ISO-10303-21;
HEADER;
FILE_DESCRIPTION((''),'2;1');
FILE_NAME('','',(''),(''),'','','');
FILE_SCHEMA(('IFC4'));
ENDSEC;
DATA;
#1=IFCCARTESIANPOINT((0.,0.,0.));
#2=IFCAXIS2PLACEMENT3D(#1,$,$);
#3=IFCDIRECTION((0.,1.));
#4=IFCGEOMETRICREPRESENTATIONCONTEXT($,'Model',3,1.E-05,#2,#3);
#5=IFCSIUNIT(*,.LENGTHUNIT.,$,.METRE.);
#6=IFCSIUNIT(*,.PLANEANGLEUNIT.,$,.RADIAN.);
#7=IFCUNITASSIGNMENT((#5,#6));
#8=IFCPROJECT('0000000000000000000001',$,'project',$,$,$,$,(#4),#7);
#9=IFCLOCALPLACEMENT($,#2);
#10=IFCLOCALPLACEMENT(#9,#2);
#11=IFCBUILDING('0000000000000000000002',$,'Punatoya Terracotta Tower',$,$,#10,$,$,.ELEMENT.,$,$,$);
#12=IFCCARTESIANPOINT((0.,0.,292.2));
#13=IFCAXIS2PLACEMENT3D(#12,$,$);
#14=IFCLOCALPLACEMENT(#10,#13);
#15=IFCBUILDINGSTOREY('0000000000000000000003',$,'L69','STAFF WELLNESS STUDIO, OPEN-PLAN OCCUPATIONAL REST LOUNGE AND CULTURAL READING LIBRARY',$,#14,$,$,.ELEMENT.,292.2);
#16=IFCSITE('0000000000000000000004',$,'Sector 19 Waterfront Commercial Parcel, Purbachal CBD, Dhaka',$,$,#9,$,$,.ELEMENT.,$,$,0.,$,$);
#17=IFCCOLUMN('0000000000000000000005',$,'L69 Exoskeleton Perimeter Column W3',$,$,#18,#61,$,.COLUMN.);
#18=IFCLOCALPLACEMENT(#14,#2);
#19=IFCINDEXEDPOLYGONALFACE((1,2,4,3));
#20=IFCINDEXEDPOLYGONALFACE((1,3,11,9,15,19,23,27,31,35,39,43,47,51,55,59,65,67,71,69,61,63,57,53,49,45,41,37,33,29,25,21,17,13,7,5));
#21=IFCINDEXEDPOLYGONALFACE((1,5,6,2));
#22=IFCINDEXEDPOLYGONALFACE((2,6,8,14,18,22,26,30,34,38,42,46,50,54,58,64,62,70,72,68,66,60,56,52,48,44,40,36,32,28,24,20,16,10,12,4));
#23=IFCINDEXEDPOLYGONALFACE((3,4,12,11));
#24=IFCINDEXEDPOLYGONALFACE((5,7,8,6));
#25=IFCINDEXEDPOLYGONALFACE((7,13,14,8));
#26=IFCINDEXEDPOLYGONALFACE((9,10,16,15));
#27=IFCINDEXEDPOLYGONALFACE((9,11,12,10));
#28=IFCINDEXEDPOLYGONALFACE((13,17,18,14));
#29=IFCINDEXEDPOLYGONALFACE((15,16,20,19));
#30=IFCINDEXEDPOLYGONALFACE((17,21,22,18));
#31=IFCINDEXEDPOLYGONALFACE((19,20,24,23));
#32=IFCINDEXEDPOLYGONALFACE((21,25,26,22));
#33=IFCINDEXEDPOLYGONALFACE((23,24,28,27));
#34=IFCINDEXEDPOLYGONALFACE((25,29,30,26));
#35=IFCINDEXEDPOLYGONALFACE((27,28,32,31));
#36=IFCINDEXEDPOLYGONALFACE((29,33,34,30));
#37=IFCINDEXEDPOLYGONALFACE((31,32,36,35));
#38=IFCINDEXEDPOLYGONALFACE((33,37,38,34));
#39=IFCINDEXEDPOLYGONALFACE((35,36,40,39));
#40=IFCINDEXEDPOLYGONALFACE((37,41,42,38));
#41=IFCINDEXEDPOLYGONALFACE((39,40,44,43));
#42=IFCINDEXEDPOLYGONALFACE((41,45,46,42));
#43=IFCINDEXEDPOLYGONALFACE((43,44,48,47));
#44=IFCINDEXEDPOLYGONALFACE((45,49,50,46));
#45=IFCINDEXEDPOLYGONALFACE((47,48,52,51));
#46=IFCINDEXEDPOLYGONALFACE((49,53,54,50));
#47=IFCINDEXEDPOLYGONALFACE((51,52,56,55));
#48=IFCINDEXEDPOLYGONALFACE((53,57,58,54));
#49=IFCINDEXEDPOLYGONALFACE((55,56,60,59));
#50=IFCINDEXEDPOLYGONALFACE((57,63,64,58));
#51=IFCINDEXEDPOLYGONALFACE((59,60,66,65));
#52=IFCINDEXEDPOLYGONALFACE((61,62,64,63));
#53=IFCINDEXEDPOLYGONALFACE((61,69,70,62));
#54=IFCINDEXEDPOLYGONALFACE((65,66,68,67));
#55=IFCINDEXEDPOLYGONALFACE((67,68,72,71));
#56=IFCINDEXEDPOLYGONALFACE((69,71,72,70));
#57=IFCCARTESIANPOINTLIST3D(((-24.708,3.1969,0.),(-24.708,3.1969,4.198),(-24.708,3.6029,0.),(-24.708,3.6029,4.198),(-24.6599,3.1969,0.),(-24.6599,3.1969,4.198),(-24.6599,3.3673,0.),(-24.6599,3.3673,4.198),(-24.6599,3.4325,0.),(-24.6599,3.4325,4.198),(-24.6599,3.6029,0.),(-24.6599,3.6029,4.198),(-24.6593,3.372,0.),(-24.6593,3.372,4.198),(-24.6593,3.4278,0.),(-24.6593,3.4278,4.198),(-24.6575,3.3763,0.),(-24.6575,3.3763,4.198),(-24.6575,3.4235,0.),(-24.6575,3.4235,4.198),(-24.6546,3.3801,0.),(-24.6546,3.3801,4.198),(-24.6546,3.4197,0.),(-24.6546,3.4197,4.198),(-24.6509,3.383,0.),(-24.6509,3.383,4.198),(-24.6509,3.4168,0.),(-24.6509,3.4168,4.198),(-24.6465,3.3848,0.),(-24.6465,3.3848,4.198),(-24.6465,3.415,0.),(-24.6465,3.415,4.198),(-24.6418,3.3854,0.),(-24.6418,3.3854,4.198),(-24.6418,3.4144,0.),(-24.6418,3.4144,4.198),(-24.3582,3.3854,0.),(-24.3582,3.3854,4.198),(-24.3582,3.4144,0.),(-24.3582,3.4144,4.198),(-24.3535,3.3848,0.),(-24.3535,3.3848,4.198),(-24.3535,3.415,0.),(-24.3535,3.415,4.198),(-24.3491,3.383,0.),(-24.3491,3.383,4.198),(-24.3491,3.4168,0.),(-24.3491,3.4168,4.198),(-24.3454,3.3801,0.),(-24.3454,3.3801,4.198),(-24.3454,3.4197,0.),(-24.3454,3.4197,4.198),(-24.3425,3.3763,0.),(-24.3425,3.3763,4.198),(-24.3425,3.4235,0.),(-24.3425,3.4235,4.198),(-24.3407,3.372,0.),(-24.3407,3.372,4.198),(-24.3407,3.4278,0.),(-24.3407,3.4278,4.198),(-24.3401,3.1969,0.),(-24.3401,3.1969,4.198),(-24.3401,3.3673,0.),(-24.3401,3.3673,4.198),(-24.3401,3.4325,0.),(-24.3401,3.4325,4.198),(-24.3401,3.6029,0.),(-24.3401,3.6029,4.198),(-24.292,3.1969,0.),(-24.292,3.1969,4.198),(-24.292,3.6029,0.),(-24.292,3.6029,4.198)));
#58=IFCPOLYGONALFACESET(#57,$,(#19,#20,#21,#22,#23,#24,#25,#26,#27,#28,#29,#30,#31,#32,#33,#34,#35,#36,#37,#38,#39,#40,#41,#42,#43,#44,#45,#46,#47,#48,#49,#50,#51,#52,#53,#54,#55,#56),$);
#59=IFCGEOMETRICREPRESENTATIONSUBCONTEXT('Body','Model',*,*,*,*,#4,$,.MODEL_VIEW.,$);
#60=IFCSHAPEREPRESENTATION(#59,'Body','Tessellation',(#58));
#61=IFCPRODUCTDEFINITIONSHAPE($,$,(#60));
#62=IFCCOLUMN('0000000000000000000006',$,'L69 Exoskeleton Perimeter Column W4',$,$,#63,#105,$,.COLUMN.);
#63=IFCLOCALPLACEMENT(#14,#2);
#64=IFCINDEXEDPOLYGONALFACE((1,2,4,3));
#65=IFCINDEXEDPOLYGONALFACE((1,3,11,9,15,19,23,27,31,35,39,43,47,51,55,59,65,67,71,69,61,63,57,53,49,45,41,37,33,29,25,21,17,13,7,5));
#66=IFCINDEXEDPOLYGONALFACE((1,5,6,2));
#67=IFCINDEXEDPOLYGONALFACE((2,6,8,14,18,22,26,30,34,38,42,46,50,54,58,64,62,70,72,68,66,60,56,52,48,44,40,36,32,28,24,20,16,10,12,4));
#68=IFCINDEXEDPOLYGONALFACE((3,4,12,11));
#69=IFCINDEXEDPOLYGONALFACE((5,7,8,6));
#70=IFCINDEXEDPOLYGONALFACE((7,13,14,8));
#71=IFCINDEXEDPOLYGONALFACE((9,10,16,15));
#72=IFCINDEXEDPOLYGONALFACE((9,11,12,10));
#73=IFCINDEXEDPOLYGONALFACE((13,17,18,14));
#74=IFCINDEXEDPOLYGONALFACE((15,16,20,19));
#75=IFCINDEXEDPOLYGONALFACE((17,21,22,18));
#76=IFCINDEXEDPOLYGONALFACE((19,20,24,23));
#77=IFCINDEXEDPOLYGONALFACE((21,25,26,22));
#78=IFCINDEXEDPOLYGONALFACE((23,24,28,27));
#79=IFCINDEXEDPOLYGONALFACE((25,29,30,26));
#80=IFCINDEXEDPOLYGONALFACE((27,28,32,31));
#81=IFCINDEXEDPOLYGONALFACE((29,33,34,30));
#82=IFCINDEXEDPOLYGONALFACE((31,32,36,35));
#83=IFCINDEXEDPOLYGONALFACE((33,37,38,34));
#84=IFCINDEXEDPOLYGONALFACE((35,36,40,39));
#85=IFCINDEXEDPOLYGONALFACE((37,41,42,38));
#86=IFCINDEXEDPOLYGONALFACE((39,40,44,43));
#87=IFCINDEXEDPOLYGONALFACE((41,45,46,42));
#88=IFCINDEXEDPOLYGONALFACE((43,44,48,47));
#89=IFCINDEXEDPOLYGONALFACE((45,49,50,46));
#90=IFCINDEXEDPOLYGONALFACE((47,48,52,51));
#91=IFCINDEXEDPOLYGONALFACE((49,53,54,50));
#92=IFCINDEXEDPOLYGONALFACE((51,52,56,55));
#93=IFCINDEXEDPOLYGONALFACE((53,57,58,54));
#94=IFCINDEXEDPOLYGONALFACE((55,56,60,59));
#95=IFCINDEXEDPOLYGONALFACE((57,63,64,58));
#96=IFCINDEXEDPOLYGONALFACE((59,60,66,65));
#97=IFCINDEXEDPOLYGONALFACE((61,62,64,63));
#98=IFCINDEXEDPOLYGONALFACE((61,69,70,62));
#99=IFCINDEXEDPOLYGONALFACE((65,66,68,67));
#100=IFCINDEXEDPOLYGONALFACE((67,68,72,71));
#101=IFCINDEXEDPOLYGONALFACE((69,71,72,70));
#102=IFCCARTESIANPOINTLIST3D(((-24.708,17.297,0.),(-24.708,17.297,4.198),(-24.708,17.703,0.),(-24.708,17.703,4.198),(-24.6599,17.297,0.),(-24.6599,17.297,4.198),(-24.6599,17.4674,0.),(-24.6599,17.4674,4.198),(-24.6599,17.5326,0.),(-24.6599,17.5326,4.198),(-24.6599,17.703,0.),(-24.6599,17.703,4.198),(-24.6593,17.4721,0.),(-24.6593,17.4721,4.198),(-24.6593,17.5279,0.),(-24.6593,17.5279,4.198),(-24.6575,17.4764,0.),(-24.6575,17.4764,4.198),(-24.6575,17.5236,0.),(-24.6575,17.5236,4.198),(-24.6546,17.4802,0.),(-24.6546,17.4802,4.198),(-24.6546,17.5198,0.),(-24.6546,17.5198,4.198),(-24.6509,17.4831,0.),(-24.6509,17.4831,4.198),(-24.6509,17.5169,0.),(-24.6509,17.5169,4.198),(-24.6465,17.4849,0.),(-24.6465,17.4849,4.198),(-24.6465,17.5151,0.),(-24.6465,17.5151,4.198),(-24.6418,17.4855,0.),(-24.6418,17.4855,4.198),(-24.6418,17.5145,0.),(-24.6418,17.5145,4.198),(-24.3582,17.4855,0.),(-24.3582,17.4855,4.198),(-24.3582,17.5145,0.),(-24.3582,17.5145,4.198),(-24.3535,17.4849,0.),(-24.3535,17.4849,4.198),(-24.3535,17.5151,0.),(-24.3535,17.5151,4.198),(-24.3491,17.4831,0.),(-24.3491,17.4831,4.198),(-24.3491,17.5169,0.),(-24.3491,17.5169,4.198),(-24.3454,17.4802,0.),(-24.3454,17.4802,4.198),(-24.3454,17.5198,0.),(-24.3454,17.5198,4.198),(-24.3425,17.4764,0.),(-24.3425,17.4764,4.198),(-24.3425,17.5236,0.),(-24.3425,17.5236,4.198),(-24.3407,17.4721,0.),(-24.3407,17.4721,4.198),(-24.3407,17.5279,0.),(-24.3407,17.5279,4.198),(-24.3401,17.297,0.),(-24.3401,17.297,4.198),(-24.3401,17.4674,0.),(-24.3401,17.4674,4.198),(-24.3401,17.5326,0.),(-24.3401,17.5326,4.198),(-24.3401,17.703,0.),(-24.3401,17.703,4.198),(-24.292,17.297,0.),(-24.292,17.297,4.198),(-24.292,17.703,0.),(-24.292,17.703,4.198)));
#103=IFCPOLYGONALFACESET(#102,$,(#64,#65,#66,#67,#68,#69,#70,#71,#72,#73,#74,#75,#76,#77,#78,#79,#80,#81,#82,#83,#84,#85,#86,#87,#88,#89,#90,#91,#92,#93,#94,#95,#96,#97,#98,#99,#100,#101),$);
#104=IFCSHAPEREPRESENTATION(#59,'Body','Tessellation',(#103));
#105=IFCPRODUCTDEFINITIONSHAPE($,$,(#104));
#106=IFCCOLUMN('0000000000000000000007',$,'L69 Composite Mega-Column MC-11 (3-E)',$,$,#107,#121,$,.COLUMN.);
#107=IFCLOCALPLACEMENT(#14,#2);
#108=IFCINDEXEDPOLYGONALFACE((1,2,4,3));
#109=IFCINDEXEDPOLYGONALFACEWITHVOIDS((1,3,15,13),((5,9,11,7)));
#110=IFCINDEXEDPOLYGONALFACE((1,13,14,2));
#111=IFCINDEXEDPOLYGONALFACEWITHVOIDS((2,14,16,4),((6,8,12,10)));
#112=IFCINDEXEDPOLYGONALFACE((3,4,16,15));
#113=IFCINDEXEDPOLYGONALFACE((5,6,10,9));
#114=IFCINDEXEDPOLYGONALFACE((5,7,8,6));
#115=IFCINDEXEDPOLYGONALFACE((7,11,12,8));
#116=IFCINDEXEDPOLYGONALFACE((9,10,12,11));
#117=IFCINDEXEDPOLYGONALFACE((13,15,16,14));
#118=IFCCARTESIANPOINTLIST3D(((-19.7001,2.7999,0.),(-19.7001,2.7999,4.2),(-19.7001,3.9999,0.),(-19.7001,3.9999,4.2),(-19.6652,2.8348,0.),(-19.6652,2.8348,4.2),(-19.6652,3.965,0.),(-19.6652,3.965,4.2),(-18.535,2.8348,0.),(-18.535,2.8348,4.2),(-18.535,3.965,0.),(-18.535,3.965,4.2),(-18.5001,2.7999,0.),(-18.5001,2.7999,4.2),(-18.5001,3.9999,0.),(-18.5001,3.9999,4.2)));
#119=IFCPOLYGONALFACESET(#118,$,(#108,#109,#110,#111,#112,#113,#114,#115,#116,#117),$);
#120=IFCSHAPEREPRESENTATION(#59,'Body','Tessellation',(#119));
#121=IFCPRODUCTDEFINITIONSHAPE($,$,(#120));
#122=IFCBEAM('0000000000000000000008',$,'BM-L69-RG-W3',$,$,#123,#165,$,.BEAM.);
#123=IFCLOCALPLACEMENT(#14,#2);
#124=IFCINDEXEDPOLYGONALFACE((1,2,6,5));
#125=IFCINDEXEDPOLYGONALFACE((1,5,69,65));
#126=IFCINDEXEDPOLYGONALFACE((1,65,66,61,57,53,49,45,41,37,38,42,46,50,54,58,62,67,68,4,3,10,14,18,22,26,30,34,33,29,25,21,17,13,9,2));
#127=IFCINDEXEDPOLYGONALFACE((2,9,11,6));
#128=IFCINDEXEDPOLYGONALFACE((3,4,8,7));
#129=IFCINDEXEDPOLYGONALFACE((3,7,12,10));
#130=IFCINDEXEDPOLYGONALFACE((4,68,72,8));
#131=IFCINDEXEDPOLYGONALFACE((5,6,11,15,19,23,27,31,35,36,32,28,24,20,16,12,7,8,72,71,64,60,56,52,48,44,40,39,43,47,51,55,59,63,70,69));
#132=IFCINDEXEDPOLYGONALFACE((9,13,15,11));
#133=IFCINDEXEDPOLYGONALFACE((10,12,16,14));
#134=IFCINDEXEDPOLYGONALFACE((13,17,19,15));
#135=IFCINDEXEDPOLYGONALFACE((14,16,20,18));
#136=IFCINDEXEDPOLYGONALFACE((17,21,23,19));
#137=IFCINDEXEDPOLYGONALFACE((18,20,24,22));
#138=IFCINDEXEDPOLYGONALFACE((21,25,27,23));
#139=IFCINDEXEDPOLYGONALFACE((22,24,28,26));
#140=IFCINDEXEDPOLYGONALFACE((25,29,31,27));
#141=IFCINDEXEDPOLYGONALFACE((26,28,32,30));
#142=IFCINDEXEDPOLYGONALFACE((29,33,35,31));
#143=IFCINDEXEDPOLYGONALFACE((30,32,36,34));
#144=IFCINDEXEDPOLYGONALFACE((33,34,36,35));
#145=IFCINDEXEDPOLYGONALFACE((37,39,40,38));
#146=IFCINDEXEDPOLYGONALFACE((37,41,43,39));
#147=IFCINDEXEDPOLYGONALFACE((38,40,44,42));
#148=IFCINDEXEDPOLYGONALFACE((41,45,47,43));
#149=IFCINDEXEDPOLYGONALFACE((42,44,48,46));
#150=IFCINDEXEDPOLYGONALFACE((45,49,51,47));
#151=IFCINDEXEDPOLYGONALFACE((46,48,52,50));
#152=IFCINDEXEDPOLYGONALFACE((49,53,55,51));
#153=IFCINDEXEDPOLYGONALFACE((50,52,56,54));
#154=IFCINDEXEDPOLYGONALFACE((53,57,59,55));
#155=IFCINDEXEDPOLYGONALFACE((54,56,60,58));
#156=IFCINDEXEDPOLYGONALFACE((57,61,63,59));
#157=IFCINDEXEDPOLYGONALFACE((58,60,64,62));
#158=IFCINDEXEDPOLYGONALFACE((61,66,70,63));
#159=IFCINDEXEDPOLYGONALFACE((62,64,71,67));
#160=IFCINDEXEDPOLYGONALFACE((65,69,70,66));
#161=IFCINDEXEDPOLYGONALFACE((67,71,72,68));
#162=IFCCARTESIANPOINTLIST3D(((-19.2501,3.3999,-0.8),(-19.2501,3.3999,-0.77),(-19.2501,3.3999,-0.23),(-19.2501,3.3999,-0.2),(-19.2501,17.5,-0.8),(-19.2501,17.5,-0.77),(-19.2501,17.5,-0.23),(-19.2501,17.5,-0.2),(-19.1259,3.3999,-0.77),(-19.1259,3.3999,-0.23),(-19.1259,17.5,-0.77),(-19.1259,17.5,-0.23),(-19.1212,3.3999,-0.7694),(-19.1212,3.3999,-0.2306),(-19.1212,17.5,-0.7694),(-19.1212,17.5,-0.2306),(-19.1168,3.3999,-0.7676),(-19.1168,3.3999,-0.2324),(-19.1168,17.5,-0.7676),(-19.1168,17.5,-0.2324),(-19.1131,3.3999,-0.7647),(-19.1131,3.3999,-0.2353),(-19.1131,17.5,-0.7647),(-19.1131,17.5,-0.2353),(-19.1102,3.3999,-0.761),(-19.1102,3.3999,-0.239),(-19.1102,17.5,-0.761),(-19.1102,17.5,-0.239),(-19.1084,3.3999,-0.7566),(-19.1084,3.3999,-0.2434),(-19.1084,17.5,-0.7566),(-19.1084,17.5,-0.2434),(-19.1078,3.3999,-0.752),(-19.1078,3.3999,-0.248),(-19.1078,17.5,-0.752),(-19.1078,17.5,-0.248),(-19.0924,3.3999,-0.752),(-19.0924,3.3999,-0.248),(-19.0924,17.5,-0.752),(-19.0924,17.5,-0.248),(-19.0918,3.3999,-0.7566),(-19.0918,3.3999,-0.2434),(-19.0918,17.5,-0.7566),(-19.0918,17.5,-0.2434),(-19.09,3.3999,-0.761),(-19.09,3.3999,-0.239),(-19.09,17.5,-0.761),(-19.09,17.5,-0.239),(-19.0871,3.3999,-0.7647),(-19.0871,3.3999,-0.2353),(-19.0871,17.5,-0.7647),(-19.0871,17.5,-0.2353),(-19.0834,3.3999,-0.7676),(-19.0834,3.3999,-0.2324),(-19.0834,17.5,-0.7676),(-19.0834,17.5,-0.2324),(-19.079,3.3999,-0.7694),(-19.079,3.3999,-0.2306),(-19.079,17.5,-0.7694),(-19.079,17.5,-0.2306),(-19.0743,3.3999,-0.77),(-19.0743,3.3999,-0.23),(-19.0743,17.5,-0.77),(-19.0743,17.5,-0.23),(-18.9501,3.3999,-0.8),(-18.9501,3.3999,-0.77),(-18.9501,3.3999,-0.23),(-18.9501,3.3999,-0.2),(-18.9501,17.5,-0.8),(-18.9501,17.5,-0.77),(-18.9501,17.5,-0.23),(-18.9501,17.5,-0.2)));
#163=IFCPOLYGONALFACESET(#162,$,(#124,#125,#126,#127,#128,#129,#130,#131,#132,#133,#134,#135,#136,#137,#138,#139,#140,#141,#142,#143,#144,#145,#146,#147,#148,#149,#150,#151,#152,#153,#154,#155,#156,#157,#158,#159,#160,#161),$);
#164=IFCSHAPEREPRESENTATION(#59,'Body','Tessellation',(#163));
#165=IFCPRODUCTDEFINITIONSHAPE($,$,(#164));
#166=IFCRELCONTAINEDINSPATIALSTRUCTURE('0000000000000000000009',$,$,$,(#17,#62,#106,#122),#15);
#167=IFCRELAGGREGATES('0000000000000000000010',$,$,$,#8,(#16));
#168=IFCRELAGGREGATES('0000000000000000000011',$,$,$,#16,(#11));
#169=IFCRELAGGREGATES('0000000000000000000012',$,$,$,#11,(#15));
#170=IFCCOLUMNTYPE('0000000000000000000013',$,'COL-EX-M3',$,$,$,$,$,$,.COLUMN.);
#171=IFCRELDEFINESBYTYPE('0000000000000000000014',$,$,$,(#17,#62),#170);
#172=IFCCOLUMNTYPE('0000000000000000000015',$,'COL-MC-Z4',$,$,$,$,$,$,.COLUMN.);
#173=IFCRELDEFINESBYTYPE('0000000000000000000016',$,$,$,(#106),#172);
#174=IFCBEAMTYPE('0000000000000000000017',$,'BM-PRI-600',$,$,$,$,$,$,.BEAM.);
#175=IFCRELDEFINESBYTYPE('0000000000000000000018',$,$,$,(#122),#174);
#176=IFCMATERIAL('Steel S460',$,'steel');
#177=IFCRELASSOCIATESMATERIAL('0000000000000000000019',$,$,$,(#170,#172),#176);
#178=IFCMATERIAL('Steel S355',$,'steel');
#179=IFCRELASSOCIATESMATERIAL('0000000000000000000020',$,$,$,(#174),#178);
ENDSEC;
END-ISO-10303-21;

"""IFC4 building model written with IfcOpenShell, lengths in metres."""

from ifc_helpers import new_model, si_unit, direction, frame, origin, origin_2d, place, context, subcontext, project, spatial, hollow_rectangle, i_section, extrude, material, material_profile, profile_set, type_object, element, save


model = new_model("IFC4")

# Units and contexts
model_context = context("Model", 3, precision=1e-05, world=origin(), true_north=direction((0.0, 1.0)))
body_context = subcontext(model_context, "Body", "Model", "MODEL_VIEW")
ifc_project = project(units=[si_unit("LENGTHUNIT", "METRE"), si_unit("PLANEANGLEUNIT", "RADIAN")], contexts=[model_context])

# Site, building, storey
site_placement = place(None, origin())
site = spatial("IfcSite", under=ifc_project, at=site_placement, Name="Sector 19 Waterfront Commercial Parcel, Purbachal CBD, Dhaka", CompositionType="ELEMENT", RefElevation=0.0)
building_placement = place(site_placement, origin())
building = spatial("IfcBuilding", under=site, at=building_placement, Name="Punatoya Terracotta Tower", CompositionType="ELEMENT")
storey_placement = place(building_placement, frame((0.0, 0.0, 292.2)))
storey = spatial("IfcBuildingStorey", under=building, at=storey_placement, Name="L69", Description="STAFF WELLNESS STUDIO, OPEN-PLAN OCCUPATIONAL REST LOUNGE AND CULTURAL READING LIBRARY", CompositionType="ELEMENT", Elevation=292.2)

# Columns
ifc_material_1 = material(Name="Steel S460", Category="steel")
ifc_material_profile_1 = material_profile(ifc_material_1, i_section(OverallWidth=0.406, OverallDepth=0.416, WebThickness=0.0291, FlangeThickness=0.0481, FilletRadius=0.0181, at=origin_2d()))
ifc_profile_set_1 = profile_set([ifc_material_profile_1], Name="Steel S460")
column_type_1 = type_object("IfcColumnType", Name="COL-EX-M3", PredefinedType="COLUMN", material=ifc_profile_set_1)
for number, where, z_axis, x_axis, name in (
    (1, (-24.5, 3.3999, 0.0), (0.0, 0.0, 1.0), (0.0, 1.0, 0.0), "L69 Exoskeleton Perimeter Column W3"),
    (2, (-24.5, 17.5, 0.0), (0.0, 0.0, 1.0), (0.0, 1.0, 0.0), "L69 Exoskeleton Perimeter Column W4"),
):
    element("IfcColumn", number, at=place(storey_placement, frame(where, z_axis=z_axis, x_axis=x_axis)), inside=storey, type_object=column_type_1, Name=name, PredefinedType="COLUMN", context=body_context, shape_type="SweptSolid", body=[
        extrude(i_section(OverallWidth=0.406, OverallDepth=0.416, WebThickness=0.0291, FlangeThickness=0.0481, FilletRadius=0.0181, at=origin_2d()), origin(), (0.0, 0.0, 1.0), 4.198),
    ])
ifc_material_profile_2 = material_profile(ifc_material_1, hollow_rectangle(XDim=1.2, YDim=1.2, WallThickness=0.0349, at=origin_2d()))
ifc_profile_set_2 = profile_set([ifc_material_profile_2], Name="Steel S460")
column_type_2 = type_object("IfcColumnType", Name="COL-MC-Z4", PredefinedType="COLUMN", material=ifc_profile_set_2)
column_placement = place(storey_placement, frame((-19.1001, 3.3999, 0.0), z_axis=(0.0, 0.0, 1.0), x_axis=(1.0, 0.0, 0.0)))
element("IfcColumn", 3, at=column_placement, inside=storey, type_object=column_type_2, Name="L69 Composite Mega-Column MC-11 (3-E)", PredefinedType="COLUMN", context=body_context, shape_type="SweptSolid", body=[
    extrude(hollow_rectangle(XDim=1.2, YDim=1.2, WallThickness=0.0349, at=origin_2d()), origin(), (0.0, 0.0, 1.0), 4.2),
])

# Beam
ifc_material_2 = material(Name="Steel S355", Category="steel")
ifc_material_profile_3 = material_profile(ifc_material_2, i_section(OverallWidth=0.3, OverallDepth=0.6001, WebThickness=0.0154, FlangeThickness=0.03, FilletRadius=0.0181, at=origin_2d()))
ifc_profile_set_3 = profile_set([ifc_material_profile_3], Name="Steel S355")
beam_type_1 = type_object("IfcBeamType", Name="BM-PRI-600", PredefinedType="BEAM", material=ifc_profile_set_3)
beam_1_placement = place(storey_placement, frame((-19.1001, 3.3999, -0.5), z_axis=(0.0, 1.0, 0.0), x_axis=(-1.0, 0.0, 0.0)))
element("IfcBeam", 4, at=beam_1_placement, inside=storey, type_object=beam_type_1, Name="BM-L69-RG-W3", PredefinedType="BEAM", context=body_context, shape_type="SweptSolid", body=[
    extrude(i_section(OverallWidth=0.3, OverallDepth=0.6001, WebThickness=0.0154, FlangeThickness=0.03, FilletRadius=0.0181, at=origin_2d()), origin(), (0.0, 0.0, 1.0), 14.1001),
])

save(model, "model.ifc")
